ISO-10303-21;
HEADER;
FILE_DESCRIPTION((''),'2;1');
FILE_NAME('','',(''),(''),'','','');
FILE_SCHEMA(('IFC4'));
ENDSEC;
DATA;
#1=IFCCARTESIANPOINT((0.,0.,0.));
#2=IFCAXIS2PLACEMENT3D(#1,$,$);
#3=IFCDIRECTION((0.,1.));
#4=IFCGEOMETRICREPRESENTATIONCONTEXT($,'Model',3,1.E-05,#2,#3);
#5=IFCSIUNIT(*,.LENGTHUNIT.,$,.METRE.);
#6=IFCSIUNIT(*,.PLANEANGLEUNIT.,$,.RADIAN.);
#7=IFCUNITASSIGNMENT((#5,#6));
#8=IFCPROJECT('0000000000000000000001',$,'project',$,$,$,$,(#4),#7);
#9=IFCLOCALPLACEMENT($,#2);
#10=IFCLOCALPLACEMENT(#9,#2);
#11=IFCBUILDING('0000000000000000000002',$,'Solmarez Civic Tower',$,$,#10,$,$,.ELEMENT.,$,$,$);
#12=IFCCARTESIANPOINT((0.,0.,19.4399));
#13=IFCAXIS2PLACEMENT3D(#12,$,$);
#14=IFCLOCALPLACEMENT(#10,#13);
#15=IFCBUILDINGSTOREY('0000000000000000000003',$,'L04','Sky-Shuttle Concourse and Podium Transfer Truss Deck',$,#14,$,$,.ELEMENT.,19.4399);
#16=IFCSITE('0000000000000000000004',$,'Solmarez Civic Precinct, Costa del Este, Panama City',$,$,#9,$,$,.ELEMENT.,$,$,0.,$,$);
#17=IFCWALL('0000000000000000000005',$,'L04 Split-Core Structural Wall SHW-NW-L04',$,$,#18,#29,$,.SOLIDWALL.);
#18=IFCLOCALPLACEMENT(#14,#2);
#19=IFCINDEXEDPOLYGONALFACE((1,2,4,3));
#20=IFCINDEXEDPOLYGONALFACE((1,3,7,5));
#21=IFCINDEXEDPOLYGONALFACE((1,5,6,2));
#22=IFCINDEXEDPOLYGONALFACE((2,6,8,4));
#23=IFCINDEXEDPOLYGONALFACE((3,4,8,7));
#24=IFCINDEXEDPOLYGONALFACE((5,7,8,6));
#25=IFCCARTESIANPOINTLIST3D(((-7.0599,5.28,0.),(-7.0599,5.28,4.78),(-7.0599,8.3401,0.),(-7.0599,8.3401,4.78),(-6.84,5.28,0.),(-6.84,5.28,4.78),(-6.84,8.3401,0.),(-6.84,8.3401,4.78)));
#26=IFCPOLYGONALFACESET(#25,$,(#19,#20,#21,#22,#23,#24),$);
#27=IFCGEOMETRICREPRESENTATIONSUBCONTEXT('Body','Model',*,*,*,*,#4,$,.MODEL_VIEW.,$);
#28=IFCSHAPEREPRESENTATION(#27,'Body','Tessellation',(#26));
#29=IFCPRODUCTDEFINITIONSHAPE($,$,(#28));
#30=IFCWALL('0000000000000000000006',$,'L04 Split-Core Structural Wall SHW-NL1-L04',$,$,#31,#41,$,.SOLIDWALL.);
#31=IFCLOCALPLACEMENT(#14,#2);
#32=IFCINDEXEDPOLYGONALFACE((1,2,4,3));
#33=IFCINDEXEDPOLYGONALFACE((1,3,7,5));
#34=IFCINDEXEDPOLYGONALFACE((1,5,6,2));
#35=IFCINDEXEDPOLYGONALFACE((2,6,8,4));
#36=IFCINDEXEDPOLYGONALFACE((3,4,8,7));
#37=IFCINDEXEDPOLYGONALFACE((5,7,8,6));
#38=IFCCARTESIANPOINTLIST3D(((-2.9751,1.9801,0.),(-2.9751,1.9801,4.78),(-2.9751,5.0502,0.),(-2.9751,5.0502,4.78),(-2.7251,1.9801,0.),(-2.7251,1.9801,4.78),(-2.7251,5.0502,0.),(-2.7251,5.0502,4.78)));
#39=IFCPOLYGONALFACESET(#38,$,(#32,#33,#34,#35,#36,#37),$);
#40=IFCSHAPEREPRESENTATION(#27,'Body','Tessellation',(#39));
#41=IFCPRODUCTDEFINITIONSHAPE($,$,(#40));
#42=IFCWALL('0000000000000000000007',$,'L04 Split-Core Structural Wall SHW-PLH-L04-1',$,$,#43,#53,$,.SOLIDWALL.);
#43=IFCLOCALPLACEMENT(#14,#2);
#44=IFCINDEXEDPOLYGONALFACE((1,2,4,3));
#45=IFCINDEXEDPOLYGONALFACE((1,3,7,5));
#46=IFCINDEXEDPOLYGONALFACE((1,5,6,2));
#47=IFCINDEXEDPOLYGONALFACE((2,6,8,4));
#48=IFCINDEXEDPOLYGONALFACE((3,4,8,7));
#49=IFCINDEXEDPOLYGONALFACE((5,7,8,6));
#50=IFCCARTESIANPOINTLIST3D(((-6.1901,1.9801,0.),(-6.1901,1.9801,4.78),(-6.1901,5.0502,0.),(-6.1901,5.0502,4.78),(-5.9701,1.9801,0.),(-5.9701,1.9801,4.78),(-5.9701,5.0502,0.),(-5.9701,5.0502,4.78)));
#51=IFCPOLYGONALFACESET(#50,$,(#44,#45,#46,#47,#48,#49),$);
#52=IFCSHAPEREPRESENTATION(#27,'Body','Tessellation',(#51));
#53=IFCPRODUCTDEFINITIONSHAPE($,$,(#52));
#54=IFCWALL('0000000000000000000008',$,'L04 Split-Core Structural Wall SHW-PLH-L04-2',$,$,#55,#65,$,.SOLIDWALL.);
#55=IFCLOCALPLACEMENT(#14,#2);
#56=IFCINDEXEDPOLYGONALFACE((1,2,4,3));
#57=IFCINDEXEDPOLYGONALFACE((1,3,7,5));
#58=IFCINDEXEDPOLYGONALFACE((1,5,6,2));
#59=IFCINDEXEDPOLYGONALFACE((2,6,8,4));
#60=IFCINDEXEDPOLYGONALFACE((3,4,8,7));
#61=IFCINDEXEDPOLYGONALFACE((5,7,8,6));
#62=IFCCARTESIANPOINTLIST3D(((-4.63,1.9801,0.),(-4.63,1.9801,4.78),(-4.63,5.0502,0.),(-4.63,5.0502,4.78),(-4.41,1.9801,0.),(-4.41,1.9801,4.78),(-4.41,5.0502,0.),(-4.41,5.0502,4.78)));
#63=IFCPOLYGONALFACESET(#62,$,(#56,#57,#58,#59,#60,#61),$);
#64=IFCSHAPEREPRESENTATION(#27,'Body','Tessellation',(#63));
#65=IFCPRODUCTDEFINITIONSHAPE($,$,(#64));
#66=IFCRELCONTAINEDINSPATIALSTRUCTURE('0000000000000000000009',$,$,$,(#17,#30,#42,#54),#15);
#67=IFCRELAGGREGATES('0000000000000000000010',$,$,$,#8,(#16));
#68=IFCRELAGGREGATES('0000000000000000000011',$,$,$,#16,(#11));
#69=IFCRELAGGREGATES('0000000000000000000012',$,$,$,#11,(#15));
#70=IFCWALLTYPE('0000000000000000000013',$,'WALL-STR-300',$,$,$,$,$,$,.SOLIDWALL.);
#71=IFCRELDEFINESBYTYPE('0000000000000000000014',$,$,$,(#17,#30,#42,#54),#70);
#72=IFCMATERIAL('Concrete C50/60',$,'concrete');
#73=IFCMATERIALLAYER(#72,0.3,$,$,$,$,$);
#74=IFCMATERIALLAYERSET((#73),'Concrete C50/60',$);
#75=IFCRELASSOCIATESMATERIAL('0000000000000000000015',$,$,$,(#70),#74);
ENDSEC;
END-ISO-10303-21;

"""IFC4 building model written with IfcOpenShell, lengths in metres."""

from ifc_helpers import new_model, si_unit, direction, frame, frame_2d, origin, place, context, subcontext, project, spatial, rectangle, extrude, material, layer, layer_set, type_object, element, save


model = new_model("IFC4")

# Units and contexts
model_context = context("Model", 3, precision=1e-05, world=origin(), true_north=direction((0.0, 1.0)))
body_context = subcontext(model_context, "Body", "Model", "MODEL_VIEW")
ifc_project = project(units=[si_unit("LENGTHUNIT", "METRE"), si_unit("PLANEANGLEUNIT", "RADIAN")], contexts=[model_context])

# Site, building, storey
site_placement = place(None, origin())
site = spatial("IfcSite", under=ifc_project, at=site_placement, Name="Solmarez Civic Precinct, Costa del Este, Panama City", CompositionType="ELEMENT", RefElevation=0.0)
building_placement = place(site_placement, origin())
building = spatial("IfcBuilding", under=site, at=building_placement, Name="Solmarez Civic Tower", CompositionType="ELEMENT")
storey_placement = place(building_placement, frame((0.0, 0.0, 19.4399)))
storey = spatial("IfcBuildingStorey", under=building, at=storey_placement, Name="L04", Description="Sky-Shuttle Concourse and Podium Transfer Truss Deck", CompositionType="ELEMENT", Elevation=19.4399)

# Shared definitions
ifc_material_1 = material(Name="Concrete C50/60", Category="concrete")

# Walls
ifc_layer_1 = layer(ifc_material_1, 0.3)
ifc_layer_set_1 = layer_set([ifc_layer_1], Name="Concrete C50/60")
wall_type_1 = type_object("IfcWallType", Name="WALL-STR-300", PredefinedType="SOLIDWALL", material=ifc_layer_set_1)
wall_1_placement = place(storey_placement, frame((-6.95, 5.28, 0.0), z_axis=(0.0, 0.0, 1.0), x_axis=(0.0, 1.0, 0.0)))
element("IfcWall", 1, at=wall_1_placement, inside=storey, type_object=wall_type_1, Name="L04 Split-Core Structural Wall SHW-NW-L04", PredefinedType="SOLIDWALL", context=body_context, shape_type="SweptSolid", body=[
    extrude(rectangle(XDim=3.0601, YDim=0.22, at=frame_2d((1.53, 0.0))), origin(), (0.0, 0.0, 1.0), 4.78),
])
wall_2_placement = place(storey_placement, frame((-2.8501, 1.98, 0.0), z_axis=(0.0, 0.0, 1.0), x_axis=(0.0, 1.0, 0.0)))
element("IfcWall", 2, at=wall_2_placement, inside=storey, type_object=wall_type_1, Name="L04 Split-Core Structural Wall SHW-NL1-L04", PredefinedType="SOLIDWALL", context=body_context, shape_type="SweptSolid", body=[
    extrude(rectangle(XDim=3.0701, YDim=0.25, at=frame_2d((1.5352, 0.0))), origin(), (0.0, 0.0, 1.0), 4.78),
])
for number, where, z_axis, x_axis, name in (
    (3, (-6.0801, 1.98, 0.0), (0.0, 0.0, 1.0), (0.0, 1.0, 0.0), "L04 Split-Core Structural Wall SHW-PLH-L04-1"),
    (4, (-4.52, 1.98, 0.0), (0.0, 0.0, 1.0), (0.0, 1.0, 0.0), "L04 Split-Core Structural Wall SHW-PLH-L04-2"),
):
    element("IfcWall", number, at=place(storey_placement, frame(where, z_axis=z_axis, x_axis=x_axis)), inside=storey, type_object=wall_type_1, Name=name, PredefinedType="SOLIDWALL", context=body_context, shape_type="SweptSolid", body=[
        extrude(rectangle(XDim=3.0701, YDim=0.22, at=frame_2d((1.5352, 0.0))), origin(), (0.0, 0.0, 1.0), 4.78),
    ])

save(model, "model.ifc")
